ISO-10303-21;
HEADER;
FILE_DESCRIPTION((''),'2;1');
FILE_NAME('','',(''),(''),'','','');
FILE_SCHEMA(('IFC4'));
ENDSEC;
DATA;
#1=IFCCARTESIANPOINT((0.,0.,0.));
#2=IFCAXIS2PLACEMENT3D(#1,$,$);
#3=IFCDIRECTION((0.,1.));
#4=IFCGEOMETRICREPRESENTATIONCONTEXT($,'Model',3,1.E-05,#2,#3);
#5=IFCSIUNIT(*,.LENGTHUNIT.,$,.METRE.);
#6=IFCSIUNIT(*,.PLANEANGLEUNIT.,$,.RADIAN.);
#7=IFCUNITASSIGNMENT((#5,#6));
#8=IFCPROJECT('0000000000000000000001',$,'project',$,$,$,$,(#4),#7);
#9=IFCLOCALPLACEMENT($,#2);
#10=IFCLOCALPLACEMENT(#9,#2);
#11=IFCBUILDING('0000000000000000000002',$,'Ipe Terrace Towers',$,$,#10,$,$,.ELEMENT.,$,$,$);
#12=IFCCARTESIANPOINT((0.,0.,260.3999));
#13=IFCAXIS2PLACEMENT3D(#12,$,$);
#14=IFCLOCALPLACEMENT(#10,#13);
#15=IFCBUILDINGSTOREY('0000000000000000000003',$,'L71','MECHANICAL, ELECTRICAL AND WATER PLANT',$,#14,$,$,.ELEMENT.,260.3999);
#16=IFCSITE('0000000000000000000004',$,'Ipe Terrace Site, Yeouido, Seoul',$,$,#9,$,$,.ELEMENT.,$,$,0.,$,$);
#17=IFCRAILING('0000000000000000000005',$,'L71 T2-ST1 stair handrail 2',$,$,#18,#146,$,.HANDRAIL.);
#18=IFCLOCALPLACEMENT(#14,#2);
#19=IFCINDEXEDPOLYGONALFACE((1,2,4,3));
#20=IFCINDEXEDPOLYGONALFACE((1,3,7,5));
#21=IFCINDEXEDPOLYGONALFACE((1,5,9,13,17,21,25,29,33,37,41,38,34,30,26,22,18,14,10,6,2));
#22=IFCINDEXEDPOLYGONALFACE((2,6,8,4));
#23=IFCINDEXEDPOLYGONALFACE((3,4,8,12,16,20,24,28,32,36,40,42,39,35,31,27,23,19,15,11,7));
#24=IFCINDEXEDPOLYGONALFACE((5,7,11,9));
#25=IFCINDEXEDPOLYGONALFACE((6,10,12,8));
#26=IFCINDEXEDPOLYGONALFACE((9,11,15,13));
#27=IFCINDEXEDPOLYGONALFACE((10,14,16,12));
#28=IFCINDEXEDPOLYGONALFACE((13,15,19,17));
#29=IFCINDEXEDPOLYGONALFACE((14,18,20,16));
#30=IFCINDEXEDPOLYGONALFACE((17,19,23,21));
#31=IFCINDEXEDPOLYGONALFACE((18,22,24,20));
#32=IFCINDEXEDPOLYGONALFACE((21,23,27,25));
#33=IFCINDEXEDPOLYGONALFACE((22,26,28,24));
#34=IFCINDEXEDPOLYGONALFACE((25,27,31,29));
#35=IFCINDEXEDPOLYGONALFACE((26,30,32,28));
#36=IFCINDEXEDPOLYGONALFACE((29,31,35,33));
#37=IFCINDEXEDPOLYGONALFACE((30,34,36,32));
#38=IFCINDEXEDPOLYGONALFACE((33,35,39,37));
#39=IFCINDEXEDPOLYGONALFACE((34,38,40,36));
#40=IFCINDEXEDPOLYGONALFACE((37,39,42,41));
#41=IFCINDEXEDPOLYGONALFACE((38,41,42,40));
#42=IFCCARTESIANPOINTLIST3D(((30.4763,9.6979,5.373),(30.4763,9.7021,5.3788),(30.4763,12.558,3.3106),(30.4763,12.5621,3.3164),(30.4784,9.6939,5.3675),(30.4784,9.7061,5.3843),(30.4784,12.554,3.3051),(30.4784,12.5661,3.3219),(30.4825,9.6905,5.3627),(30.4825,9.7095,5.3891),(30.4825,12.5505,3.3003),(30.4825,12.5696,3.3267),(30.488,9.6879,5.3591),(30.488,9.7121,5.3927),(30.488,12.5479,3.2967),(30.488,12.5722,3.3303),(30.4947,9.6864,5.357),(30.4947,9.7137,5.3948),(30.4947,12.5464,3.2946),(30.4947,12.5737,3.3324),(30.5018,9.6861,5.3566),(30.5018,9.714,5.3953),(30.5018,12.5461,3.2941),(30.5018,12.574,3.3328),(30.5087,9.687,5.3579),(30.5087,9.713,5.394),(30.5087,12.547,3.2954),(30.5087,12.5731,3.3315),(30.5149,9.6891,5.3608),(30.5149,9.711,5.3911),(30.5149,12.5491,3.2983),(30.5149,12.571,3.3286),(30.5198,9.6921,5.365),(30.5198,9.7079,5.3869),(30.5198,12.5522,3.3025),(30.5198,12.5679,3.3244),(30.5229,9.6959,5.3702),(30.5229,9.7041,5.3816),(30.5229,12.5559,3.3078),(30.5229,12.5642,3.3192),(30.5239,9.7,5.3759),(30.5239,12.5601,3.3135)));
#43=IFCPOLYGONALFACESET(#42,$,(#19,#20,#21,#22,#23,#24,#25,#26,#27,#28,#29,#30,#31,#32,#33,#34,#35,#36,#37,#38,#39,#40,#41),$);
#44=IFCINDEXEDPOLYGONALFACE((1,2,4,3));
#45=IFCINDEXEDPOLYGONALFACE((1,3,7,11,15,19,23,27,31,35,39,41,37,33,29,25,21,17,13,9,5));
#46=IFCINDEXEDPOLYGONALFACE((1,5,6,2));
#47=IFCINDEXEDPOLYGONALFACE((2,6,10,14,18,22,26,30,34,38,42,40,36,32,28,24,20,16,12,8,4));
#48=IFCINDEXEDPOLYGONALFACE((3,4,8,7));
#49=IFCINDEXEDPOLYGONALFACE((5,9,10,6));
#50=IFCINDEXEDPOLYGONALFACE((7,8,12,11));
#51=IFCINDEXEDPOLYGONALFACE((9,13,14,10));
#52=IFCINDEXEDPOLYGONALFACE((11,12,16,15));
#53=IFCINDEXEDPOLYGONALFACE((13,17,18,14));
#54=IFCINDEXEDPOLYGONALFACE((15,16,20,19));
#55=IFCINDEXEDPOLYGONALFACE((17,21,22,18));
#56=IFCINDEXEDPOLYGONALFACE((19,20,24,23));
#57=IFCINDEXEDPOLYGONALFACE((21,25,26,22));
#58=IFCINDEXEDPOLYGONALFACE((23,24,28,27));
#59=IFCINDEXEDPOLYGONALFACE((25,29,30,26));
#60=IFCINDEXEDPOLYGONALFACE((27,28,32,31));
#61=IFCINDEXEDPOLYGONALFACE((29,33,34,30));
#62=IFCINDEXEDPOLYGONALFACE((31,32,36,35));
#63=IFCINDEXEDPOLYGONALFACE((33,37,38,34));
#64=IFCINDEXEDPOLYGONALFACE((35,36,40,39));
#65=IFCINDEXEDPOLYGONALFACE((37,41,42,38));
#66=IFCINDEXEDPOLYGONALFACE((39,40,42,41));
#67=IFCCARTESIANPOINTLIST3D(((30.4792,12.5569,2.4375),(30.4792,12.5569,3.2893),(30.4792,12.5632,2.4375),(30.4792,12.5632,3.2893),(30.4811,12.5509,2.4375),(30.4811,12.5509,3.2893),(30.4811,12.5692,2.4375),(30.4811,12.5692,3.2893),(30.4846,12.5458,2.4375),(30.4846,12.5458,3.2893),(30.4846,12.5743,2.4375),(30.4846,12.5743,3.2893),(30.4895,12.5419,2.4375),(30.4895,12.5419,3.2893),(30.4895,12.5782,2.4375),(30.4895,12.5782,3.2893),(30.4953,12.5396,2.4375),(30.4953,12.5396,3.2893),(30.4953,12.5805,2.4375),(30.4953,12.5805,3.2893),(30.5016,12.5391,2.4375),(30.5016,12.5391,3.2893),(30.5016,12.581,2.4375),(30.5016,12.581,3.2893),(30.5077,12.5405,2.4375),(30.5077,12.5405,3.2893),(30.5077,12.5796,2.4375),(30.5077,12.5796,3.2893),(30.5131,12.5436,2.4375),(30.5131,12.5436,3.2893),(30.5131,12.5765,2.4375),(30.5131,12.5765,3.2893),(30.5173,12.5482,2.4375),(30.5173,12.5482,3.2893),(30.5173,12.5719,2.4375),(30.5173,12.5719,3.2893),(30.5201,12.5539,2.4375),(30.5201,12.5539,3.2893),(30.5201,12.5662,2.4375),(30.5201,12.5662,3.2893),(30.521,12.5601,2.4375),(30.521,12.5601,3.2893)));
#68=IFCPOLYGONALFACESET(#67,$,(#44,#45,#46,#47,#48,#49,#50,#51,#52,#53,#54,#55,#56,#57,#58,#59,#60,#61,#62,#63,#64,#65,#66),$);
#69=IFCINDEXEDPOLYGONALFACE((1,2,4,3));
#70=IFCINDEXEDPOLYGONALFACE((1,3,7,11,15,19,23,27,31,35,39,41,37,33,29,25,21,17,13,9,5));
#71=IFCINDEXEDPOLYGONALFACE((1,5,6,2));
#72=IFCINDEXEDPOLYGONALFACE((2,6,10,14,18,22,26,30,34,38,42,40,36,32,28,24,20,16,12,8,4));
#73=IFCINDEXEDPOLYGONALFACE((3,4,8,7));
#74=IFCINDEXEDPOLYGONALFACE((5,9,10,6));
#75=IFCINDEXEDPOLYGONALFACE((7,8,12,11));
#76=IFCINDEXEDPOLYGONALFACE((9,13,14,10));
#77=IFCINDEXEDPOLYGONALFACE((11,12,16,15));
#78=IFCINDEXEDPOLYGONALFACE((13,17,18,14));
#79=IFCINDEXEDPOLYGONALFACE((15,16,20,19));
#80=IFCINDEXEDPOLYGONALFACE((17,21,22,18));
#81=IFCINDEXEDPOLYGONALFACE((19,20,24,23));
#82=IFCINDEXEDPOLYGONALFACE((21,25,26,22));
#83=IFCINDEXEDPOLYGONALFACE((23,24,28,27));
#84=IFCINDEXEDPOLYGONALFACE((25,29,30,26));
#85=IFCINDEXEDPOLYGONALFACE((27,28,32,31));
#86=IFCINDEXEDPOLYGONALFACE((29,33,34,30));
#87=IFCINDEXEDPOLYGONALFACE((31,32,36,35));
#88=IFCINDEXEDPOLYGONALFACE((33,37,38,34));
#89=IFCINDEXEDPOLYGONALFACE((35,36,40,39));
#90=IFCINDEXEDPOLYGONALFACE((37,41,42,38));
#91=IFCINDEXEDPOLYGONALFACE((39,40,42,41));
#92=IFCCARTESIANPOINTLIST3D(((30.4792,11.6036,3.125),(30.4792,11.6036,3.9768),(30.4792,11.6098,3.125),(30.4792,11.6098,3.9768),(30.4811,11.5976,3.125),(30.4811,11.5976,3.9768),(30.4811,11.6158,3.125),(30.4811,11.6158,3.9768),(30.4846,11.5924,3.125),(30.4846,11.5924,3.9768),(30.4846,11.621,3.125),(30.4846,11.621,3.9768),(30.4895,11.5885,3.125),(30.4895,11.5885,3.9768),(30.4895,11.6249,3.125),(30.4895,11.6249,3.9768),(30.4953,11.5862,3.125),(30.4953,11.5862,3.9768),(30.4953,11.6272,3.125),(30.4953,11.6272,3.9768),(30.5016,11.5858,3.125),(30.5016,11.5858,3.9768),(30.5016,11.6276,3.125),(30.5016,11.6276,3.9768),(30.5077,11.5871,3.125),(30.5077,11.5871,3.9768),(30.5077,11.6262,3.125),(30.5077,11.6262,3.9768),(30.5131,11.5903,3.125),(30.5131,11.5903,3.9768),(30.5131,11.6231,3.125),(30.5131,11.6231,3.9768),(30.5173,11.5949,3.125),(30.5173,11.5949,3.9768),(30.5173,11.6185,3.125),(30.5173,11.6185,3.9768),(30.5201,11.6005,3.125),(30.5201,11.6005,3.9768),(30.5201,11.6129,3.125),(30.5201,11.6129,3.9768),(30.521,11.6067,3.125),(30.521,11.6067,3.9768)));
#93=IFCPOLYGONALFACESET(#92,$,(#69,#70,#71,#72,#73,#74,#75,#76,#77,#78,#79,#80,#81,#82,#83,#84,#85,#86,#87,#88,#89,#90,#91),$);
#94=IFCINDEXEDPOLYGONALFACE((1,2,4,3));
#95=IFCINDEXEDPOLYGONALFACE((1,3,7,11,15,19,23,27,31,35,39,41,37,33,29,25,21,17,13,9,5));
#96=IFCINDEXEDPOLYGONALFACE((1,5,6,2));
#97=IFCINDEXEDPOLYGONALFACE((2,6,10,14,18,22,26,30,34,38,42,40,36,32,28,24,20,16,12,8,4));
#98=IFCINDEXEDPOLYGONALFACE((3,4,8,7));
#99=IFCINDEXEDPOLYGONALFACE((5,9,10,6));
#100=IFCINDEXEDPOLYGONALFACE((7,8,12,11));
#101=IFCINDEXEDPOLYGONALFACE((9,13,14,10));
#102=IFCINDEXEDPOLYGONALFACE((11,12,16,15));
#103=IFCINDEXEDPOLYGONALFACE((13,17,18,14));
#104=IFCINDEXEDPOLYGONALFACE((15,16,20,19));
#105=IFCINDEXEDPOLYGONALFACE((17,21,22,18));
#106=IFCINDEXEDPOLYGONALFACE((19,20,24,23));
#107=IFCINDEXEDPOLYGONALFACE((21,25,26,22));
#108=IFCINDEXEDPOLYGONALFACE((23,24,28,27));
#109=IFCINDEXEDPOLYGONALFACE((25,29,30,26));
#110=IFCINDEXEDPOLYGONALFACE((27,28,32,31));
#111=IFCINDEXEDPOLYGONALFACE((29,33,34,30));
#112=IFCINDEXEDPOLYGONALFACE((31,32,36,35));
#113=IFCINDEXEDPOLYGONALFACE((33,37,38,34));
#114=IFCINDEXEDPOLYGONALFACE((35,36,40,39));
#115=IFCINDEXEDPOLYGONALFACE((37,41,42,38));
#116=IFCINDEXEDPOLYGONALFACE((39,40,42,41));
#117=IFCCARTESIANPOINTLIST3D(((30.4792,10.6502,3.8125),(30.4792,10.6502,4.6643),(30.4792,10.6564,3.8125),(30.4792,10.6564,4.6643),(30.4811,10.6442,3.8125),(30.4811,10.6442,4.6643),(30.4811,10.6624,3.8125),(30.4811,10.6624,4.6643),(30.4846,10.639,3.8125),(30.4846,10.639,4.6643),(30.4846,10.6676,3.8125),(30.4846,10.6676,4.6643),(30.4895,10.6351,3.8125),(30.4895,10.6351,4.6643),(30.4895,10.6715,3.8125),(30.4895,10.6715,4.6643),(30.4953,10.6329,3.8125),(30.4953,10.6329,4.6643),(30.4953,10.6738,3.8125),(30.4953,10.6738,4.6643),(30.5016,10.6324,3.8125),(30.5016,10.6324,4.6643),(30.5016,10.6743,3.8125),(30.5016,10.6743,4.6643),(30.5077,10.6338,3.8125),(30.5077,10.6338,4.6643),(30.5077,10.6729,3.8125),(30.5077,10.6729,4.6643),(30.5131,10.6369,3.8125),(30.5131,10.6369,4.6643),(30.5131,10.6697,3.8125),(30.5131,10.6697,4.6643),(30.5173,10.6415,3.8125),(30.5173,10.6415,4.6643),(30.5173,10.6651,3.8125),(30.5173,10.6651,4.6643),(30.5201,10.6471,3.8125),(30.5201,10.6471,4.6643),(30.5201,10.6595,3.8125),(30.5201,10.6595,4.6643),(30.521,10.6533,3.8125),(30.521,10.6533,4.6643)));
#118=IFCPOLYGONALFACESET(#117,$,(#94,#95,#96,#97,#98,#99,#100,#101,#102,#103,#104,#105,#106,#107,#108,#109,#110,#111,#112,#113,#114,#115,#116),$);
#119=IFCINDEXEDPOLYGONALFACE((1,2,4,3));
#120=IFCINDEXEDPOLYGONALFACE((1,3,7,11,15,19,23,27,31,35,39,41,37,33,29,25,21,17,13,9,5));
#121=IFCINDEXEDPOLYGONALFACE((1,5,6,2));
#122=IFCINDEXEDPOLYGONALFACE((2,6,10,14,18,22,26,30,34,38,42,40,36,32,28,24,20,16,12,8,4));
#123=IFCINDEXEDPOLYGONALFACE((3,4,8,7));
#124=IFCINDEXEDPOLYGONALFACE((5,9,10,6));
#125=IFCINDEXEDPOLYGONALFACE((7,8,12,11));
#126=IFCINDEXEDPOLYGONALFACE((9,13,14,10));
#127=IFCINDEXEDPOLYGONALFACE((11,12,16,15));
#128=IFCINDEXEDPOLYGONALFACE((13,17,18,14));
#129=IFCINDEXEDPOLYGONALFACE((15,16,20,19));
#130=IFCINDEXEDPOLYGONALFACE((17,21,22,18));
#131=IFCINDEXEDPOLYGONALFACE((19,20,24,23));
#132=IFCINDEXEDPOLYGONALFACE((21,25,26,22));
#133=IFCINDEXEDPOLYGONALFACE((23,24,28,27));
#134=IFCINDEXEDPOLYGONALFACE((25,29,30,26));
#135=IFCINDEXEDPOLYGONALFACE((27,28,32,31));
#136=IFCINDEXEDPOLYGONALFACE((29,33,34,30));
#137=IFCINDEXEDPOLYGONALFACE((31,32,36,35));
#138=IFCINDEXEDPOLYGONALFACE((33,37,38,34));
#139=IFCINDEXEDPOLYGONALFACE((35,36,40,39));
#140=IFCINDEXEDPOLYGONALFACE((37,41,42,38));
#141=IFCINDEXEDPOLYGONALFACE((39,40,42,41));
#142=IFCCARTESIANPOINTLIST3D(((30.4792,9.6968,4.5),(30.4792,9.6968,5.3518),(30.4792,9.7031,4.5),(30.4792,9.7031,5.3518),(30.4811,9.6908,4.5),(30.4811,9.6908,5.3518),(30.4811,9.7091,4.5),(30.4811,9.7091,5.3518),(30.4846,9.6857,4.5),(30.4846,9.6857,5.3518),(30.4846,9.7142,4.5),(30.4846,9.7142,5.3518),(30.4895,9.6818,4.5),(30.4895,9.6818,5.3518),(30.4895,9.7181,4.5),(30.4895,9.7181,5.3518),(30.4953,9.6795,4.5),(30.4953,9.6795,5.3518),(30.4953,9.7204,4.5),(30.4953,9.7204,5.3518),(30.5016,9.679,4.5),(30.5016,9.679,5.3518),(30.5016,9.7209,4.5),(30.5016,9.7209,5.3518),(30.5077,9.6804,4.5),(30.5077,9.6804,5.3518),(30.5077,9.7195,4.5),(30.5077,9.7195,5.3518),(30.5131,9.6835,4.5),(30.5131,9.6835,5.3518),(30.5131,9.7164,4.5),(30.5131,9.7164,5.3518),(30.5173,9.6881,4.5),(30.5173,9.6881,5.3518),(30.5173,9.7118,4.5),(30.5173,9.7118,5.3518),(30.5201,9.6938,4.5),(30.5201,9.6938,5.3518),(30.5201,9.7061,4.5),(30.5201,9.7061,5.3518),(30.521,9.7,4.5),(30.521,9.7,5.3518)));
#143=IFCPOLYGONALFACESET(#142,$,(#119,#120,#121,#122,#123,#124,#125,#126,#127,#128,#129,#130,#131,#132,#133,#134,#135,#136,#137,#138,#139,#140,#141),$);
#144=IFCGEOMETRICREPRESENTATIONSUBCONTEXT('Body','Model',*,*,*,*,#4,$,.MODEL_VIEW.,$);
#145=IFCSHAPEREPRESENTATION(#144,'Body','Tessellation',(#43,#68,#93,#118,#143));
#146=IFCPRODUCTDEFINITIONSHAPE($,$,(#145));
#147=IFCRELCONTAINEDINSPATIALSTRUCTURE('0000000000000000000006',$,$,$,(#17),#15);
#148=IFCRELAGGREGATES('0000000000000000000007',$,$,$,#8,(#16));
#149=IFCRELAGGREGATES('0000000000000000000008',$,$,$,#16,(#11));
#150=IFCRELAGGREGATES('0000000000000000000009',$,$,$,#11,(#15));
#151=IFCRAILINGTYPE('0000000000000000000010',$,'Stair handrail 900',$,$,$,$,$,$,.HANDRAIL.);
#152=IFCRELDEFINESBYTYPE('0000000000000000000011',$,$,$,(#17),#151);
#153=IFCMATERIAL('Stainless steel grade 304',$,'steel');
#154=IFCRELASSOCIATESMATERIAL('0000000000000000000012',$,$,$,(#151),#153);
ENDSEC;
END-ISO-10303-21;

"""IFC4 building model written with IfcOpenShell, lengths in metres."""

from ifc_helpers import new_model, si_unit, direction, frame, origin, origin_2d, place, context, subcontext, project, spatial, circle, extrude, material, type_object, element, save


model = new_model("IFC4")

# Units and contexts
model_context = context("Model", 3, precision=1e-05, world=origin(), true_north=direction((0.0, 1.0)))
body_context = subcontext(model_context, "Body", "Model", "MODEL_VIEW")
ifc_project = project(units=[si_unit("LENGTHUNIT", "METRE"), si_unit("PLANEANGLEUNIT", "RADIAN")], contexts=[model_context])

# Site, building, storey
site_placement = place(None, origin())
site = spatial("IfcSite", under=ifc_project, at=site_placement, Name="Ipe Terrace Site, Yeouido, Seoul", CompositionType="ELEMENT", RefElevation=0.0)
building_placement = place(site_placement, origin())
building = spatial("IfcBuilding", under=site, at=building_placement, Name="Ipe Terrace Towers", CompositionType="ELEMENT")
storey_placement = place(building_placement, frame((0.0, 0.0, 260.3999)))
storey = spatial("IfcBuildingStorey", under=building, at=storey_placement, Name="L71", Description="MECHANICAL, ELECTRICAL AND WATER PLANT", CompositionType="ELEMENT", Elevation=260.3999)

# Railing
ifc_material_1 = material(Name="Stainless steel grade 304", Category="steel")
railing_type_1 = type_object("IfcRailingType", Name="Stair handrail 900", PredefinedType="HANDRAIL", material=ifc_material_1)
railing_1_placement = place(storey_placement, frame((30.5, 12.5601, 2.4375)))
element("IfcRailing", 1, at=railing_1_placement, inside=storey, type_object=railing_type_1, Name="L71 T2-ST1 stair handrail 2", PredefinedType="HANDRAIL", context=body_context, shape_type="SweptSolid", body=[
    extrude(circle(Radius=0.0239, at=origin_2d()), frame((0.0, 0.0, 0.876), z_axis=(0.0, -0.811101, 0.584906), x_axis=(1.0, 0.0, 0.0)), (0.0, 0.0, 1.0), 3.5261),
    extrude(circle(Radius=0.021, at=origin_2d()), origin(), (0.0, 0.0, 1.0), 0.8518),
    extrude(circle(Radius=0.021, at=origin_2d()), frame((0.0, -0.9534, 0.6875)), (0.0, 0.0, 1.0), 0.8518),
    extrude(circle(Radius=0.021, at=origin_2d()), frame((0.0, -1.9067, 1.375)), (0.0, 0.0, 1.0), 0.8518),
    extrude(circle(Radius=0.021, at=origin_2d()), frame((0.0, -2.8601, 2.0625)), (0.0, 0.0, 1.0), 0.8518),
])

save(model, "model.ifc")
